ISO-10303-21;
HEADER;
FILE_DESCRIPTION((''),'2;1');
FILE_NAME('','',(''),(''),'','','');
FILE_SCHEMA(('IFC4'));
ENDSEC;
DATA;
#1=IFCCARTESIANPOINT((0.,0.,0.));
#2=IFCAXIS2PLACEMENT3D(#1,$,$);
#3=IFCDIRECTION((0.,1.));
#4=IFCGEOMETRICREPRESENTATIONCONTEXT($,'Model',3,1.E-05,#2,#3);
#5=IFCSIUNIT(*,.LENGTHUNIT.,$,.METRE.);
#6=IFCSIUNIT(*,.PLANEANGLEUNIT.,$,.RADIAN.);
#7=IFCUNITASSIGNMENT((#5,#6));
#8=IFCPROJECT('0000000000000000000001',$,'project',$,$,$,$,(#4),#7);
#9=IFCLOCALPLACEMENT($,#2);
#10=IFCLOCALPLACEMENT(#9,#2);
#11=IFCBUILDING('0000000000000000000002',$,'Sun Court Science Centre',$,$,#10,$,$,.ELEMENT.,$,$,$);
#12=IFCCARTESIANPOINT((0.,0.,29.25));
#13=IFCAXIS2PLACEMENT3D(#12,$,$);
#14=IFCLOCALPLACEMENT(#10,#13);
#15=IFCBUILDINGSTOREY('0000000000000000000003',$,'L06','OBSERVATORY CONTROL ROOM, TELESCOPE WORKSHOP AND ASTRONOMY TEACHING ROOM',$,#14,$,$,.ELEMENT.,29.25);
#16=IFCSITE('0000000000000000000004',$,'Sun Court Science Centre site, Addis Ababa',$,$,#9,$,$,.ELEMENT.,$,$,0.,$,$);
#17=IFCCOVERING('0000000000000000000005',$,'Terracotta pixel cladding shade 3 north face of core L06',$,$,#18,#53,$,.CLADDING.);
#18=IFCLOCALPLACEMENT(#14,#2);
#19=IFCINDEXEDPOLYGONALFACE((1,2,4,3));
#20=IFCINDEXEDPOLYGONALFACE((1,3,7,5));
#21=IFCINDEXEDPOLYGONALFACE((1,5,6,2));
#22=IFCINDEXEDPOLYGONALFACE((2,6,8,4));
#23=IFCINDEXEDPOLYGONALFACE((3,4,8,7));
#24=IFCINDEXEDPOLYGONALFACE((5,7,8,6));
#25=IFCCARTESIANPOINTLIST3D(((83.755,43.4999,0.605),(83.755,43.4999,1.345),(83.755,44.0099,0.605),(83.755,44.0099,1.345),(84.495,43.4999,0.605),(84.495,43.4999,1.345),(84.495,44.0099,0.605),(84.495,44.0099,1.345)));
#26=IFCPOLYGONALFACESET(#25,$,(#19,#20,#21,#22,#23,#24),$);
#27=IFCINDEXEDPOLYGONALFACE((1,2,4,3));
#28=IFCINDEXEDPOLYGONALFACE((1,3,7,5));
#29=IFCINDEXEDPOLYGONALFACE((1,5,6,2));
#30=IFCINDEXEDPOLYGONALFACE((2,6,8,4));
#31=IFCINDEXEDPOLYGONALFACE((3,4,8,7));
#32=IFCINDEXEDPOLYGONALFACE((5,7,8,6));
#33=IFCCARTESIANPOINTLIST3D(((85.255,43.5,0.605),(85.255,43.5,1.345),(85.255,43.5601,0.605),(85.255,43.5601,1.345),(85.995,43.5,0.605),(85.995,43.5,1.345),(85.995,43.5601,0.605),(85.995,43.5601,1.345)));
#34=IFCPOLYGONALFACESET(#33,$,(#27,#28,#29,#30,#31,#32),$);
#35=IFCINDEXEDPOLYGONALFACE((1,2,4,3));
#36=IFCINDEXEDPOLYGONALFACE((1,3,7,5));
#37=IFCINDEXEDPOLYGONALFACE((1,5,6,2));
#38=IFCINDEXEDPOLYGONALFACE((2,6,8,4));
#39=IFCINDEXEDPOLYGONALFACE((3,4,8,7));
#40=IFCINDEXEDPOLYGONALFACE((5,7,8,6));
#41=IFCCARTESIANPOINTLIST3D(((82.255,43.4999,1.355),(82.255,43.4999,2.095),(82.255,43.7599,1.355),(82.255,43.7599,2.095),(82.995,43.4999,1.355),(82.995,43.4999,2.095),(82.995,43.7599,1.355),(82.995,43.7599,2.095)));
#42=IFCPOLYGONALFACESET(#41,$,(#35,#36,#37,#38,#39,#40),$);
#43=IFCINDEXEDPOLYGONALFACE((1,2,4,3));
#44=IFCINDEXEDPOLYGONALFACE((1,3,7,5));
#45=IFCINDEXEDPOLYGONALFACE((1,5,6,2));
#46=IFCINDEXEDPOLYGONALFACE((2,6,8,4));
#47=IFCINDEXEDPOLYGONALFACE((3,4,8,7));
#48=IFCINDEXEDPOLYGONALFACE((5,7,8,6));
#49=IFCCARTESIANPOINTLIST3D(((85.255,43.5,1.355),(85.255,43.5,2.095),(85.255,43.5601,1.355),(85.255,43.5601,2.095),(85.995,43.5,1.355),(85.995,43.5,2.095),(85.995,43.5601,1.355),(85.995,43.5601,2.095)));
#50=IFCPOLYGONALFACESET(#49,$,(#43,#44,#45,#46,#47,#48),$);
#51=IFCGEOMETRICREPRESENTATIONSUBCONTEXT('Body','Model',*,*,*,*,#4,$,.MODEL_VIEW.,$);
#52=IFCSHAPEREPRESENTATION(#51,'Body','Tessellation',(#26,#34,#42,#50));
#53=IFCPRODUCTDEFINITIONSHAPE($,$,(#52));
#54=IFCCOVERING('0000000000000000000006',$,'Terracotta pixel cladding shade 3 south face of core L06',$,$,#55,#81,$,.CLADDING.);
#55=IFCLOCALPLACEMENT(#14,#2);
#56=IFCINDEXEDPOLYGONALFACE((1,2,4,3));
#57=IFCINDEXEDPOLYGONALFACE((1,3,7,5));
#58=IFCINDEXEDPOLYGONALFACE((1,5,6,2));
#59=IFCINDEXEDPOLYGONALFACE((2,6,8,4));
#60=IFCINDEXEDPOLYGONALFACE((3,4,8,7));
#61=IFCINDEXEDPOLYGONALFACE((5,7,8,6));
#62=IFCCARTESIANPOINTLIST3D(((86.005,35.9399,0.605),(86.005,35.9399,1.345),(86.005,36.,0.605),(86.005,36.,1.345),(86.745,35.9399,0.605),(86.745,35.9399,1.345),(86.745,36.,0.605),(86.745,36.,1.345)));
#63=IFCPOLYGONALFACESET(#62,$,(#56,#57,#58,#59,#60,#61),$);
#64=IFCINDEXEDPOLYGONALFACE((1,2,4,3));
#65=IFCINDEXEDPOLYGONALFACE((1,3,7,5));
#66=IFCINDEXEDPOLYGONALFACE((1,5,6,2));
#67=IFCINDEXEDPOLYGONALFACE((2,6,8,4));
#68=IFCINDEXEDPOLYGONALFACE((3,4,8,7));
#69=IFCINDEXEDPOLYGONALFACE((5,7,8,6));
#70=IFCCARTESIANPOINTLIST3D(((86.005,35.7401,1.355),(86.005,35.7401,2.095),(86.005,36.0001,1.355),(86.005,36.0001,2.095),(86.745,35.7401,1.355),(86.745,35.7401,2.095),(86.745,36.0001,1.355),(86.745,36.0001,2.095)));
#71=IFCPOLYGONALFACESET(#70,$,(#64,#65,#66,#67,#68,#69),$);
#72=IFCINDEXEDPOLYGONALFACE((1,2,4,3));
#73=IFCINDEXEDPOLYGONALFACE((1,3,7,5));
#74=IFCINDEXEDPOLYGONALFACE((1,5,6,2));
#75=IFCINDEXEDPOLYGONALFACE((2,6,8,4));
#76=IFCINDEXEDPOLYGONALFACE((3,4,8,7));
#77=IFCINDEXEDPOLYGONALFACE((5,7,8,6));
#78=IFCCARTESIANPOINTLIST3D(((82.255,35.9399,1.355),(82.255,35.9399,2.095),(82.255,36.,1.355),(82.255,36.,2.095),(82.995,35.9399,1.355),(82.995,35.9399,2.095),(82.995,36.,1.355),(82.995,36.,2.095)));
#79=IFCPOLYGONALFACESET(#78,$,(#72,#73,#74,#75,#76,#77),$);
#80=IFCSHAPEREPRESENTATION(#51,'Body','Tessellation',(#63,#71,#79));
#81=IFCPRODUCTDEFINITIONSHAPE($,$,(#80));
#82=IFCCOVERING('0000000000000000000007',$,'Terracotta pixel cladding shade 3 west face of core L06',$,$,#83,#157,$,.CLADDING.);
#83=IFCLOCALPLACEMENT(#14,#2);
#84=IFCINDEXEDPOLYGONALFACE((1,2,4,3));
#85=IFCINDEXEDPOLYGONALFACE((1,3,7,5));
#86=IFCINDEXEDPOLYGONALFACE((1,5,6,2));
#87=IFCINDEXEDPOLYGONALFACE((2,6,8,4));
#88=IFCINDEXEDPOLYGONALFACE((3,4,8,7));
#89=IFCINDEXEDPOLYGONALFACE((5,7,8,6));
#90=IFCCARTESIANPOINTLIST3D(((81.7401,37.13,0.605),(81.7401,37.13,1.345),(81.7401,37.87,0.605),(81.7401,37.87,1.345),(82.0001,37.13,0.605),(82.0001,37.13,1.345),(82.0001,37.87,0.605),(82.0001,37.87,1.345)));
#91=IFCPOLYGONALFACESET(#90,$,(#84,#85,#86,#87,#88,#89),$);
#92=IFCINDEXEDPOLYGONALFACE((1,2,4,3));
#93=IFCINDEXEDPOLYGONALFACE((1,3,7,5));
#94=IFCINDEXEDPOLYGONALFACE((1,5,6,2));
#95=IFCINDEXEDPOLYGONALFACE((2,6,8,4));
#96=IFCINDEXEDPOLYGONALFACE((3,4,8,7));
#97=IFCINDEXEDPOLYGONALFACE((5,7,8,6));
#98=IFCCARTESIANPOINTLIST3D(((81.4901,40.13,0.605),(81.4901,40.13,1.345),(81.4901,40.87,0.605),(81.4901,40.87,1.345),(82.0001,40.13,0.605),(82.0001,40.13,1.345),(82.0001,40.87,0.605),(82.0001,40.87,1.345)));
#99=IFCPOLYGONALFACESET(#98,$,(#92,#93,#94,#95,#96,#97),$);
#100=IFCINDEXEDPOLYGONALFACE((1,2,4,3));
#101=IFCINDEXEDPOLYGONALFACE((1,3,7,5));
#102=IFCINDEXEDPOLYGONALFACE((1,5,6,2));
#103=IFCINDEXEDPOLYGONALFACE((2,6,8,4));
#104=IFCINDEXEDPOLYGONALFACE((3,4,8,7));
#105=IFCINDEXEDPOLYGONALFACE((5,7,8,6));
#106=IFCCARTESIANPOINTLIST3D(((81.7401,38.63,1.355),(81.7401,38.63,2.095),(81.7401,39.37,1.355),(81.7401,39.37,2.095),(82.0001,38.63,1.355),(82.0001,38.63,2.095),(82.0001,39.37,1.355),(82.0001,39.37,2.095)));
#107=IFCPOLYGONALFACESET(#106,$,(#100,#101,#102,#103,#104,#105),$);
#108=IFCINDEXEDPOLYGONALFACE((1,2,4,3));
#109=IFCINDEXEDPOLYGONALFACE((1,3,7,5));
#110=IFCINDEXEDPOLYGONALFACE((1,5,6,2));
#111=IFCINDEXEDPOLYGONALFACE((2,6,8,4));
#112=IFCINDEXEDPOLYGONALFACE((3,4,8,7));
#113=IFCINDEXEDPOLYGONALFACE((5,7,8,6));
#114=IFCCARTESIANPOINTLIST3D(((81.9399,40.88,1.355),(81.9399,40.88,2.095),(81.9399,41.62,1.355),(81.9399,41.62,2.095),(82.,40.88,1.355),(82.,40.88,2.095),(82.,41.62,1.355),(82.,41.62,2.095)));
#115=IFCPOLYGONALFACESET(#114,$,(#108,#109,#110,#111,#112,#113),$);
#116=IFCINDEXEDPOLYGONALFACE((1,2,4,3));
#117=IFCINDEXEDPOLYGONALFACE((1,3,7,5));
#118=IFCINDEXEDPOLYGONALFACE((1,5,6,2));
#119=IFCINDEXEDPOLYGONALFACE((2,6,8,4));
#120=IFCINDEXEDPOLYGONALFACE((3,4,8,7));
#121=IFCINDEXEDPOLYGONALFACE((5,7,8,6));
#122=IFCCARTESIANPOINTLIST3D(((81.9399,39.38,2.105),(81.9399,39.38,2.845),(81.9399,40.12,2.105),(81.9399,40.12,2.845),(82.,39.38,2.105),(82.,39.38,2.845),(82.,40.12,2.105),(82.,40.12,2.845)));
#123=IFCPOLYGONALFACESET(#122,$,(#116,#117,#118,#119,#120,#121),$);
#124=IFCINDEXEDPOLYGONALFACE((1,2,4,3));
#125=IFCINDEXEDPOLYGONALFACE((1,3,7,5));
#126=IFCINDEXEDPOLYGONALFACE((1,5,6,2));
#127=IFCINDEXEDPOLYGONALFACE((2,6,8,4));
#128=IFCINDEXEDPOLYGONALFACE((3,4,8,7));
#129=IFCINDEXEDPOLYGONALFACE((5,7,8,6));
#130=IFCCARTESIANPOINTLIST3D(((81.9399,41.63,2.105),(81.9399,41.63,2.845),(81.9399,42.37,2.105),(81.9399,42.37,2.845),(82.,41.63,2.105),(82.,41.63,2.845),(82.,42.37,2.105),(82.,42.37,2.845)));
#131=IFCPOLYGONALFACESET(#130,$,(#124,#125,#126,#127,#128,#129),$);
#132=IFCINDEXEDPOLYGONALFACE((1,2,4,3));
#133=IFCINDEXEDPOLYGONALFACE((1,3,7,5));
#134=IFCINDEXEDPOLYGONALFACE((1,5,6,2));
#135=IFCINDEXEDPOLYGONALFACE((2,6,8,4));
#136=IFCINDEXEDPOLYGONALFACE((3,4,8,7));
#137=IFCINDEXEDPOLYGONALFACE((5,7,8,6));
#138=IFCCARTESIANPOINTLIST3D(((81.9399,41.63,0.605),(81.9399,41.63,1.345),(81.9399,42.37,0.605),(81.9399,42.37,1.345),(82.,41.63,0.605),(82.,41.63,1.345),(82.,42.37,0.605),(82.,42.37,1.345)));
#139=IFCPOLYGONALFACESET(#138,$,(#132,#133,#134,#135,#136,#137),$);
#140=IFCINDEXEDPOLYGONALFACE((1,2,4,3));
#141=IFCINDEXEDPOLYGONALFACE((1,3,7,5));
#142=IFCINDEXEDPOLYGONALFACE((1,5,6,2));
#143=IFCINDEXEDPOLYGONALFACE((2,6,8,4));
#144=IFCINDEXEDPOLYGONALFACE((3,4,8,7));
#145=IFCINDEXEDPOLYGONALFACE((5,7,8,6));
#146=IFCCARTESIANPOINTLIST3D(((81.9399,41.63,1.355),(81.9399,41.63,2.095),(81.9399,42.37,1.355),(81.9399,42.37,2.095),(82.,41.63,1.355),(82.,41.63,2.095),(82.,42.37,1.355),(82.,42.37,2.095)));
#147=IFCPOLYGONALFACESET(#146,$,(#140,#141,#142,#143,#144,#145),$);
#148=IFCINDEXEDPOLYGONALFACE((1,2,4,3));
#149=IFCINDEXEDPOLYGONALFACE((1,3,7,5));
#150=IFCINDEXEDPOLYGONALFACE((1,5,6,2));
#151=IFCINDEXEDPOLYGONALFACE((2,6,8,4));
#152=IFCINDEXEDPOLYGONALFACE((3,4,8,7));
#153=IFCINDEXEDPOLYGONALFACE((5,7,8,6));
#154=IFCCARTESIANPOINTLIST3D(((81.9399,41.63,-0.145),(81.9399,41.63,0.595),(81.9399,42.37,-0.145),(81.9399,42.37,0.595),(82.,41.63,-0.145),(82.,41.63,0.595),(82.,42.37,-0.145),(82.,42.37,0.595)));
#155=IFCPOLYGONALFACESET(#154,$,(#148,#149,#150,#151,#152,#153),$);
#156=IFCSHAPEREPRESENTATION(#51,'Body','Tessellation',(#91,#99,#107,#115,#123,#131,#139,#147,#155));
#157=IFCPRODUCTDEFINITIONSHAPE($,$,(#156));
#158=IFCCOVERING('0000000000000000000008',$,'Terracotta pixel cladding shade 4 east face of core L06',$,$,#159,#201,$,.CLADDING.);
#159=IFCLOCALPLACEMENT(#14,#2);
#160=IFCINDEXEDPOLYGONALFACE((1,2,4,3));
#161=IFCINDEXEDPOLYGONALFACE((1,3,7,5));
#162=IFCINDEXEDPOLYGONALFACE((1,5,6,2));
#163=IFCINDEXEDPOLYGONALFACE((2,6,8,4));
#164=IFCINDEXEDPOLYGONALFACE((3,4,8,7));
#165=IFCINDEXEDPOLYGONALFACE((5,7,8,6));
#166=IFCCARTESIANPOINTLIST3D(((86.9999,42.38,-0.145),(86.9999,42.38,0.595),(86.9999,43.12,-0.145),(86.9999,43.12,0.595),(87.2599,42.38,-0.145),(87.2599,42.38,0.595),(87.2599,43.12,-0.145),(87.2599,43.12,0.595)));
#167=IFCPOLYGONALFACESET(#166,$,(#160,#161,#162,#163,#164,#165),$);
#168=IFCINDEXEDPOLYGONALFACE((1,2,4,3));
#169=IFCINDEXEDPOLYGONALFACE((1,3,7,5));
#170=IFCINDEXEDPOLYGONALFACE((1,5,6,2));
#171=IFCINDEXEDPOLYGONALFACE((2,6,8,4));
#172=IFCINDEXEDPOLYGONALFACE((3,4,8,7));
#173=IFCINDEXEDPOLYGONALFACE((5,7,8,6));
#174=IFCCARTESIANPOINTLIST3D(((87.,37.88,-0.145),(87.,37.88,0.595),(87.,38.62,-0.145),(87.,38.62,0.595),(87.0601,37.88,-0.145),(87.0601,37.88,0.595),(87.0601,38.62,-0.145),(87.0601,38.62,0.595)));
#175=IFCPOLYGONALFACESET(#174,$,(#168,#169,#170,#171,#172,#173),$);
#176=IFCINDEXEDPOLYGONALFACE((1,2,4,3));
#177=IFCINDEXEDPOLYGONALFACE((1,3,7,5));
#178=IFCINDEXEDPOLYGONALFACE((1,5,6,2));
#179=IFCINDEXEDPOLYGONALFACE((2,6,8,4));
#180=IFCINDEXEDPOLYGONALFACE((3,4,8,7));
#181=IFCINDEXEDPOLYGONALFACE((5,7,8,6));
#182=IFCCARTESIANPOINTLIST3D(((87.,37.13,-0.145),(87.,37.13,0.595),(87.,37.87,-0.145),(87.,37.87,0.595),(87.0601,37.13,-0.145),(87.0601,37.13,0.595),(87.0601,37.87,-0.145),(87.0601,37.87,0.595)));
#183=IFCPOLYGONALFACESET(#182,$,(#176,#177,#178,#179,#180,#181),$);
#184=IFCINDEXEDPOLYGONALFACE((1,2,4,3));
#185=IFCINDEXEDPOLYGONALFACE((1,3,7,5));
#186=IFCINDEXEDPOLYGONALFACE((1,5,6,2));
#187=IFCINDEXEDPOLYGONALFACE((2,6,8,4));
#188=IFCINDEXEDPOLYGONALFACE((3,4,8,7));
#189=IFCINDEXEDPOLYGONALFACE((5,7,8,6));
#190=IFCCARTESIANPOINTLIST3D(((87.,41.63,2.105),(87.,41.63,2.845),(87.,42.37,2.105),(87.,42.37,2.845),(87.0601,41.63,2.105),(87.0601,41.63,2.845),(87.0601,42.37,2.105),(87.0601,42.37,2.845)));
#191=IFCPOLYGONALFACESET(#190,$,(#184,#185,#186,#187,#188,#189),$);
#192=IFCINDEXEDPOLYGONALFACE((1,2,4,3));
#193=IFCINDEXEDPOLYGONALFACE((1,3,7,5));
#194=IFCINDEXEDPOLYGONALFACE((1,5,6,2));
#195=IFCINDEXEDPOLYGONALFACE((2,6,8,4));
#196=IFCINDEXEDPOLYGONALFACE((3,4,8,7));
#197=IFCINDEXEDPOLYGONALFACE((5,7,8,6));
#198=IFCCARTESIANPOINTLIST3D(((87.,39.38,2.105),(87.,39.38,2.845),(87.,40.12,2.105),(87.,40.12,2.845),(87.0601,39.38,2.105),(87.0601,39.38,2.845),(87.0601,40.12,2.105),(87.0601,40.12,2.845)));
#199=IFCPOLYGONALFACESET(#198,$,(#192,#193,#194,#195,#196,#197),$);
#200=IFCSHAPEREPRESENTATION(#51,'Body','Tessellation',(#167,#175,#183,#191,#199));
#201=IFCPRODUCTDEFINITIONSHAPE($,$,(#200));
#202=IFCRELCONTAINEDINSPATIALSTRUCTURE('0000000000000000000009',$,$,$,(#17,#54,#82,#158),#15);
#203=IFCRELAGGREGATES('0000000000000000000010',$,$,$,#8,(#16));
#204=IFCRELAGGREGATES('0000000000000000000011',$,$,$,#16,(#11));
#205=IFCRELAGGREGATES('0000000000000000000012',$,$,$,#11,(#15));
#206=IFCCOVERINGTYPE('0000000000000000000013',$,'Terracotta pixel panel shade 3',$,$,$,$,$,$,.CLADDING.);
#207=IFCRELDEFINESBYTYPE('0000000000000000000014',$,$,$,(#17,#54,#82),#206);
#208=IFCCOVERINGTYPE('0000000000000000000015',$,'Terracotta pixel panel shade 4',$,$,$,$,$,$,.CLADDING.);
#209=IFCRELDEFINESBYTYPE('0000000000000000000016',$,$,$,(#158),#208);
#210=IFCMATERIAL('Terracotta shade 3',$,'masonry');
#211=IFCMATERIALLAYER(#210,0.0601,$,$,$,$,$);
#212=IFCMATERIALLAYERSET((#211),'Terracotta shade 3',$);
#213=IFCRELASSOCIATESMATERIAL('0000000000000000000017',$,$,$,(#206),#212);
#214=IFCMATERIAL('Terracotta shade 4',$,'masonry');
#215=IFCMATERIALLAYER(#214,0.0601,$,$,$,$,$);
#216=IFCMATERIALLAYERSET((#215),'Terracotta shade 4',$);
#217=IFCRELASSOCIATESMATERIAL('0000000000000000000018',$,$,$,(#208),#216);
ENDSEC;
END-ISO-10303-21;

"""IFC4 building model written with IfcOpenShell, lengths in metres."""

from ifc_helpers import new_model, si_unit, direction, frame, origin, origin_2d, place, context, subcontext, project, spatial, rectangle, extrude, material, layer, layer_set, type_object, element, save


model = new_model("IFC4")

# Units and contexts
model_context = context("Model", 3, precision=1e-05, world=origin(), true_north=direction((0.0, 1.0)))
body_context = subcontext(model_context, "Body", "Model", "MODEL_VIEW")
ifc_project = project(units=[si_unit("LENGTHUNIT", "METRE"), si_unit("PLANEANGLEUNIT", "RADIAN")], contexts=[model_context])

# Site, building, storey
site_placement = place(None, origin())
site = spatial("IfcSite", under=ifc_project, at=site_placement, Name="Sun Court Science Centre site, Addis Ababa", CompositionType="ELEMENT", RefElevation=0.0)
building_placement = place(site_placement, origin())
building = spatial("IfcBuilding", under=site, at=building_placement, Name="Sun Court Science Centre", CompositionType="ELEMENT")
storey_placement = place(building_placement, frame((0.0, 0.0, 29.25)))
storey = spatial("IfcBuildingStorey", under=building, at=storey_placement, Name="L06", Description="OBSERVATORY CONTROL ROOM, TELESCOPE WORKSHOP AND ASTRONOMY TEACHING ROOM", CompositionType="ELEMENT", Elevation=29.25)

# Coverings
ifc_material_1 = material(Name="Terracotta shade 3", Category="masonry")
ifc_layer_1 = layer(ifc_material_1, 0.0601)
ifc_layer_set_1 = layer_set([ifc_layer_1], Name="Terracotta shade 3")
covering_type_1 = type_object("IfcCoveringType", Name="Terracotta pixel panel shade 3", PredefinedType="CLADDING", material=ifc_layer_set_1)
covering_1_placement = place(storey_placement, frame((0.0, 0.0, -29.25)))
element("IfcCovering", 1, at=covering_1_placement, inside=storey, type_object=covering_type_1, Name="Terracotta pixel cladding shade 3 north face of core L06", PredefinedType="CLADDING", context=body_context, shape_type="SweptSolid", body=[
    extrude(rectangle(XDim=0.74, YDim=0.51, at=origin_2d()), frame((84.125, 43.7549, 29.855), z_axis=(0.0, 0.0, 1.0), x_axis=(1.0, 0.0, 0.0)), (0.0, 0.0, 1.0), 0.74),
    extrude(rectangle(XDim=0.74, YDim=0.0601, at=origin_2d()), frame((85.625, 43.53, 29.855), z_axis=(0.0, 0.0, 1.0), x_axis=(1.0, 0.0, 0.0)), (0.0, 0.0, 1.0), 0.74),
    extrude(rectangle(XDim=0.74, YDim=0.26, at=origin_2d()), frame((82.625, 43.6299, 30.605), z_axis=(0.0, 0.0, 1.0), x_axis=(1.0, 0.0, 0.0)), (0.0, 0.0, 1.0), 0.74),
    extrude(rectangle(XDim=0.74, YDim=0.0601, at=origin_2d()), frame((85.625, 43.53, 30.605), z_axis=(0.0, 0.0, 1.0), x_axis=(1.0, 0.0, 0.0)), (0.0, 0.0, 1.0), 0.74),
])
covering_2_placement = place(storey_placement, frame((0.0, 0.0, -29.25)))
element("IfcCovering", 2, at=covering_2_placement, inside=storey, type_object=covering_type_1, Name="Terracotta pixel cladding shade 3 south face of core L06", PredefinedType="CLADDING", context=body_context, shape_type="SweptSolid", body=[
    extrude(rectangle(XDim=0.74, YDim=0.0601, at=origin_2d()), frame((86.375, 35.97, 29.855), z_axis=(0.0, 0.0, 1.0), x_axis=(-1.0, 0.0, 0.0)), (0.0, 0.0, 1.0), 0.74),
    extrude(rectangle(XDim=0.74, YDim=0.26, at=origin_2d()), frame((86.375, 35.8701, 30.605), z_axis=(0.0, 0.0, 1.0), x_axis=(-1.0, 0.0, 0.0)), (0.0, 0.0, 1.0), 0.74),
    extrude(rectangle(XDim=0.74, YDim=0.0601, at=origin_2d()), frame((82.625, 35.97, 30.605), z_axis=(0.0, 0.0, 1.0), x_axis=(-1.0, 0.0, 0.0)), (0.0, 0.0, 1.0), 0.74),
])
covering_3_placement = place(storey_placement, frame((0.0, 0.0, -29.25)))
element("IfcCovering", 3, at=covering_3_placement, inside=storey, type_object=covering_type_1, Name="Terracotta pixel cladding shade 3 west face of core L06", PredefinedType="CLADDING", context=body_context, shape_type="SweptSolid", body=[
    extrude(rectangle(XDim=0.74, YDim=0.26, at=origin_2d()), frame((81.8701, 37.5, 29.855), z_axis=(0.0, 0.0, 1.0), x_axis=(0.0, 1.0, 0.0)), (0.0, 0.0, 1.0), 0.74),
    extrude(rectangle(XDim=0.74, YDim=0.51, at=origin_2d()), frame((81.7451, 40.5, 29.855), z_axis=(0.0, 0.0, 1.0), x_axis=(0.0, 1.0, 0.0)), (0.0, 0.0, 1.0), 0.74),
    extrude(rectangle(XDim=0.74, YDim=0.26, at=origin_2d()), frame((81.8701, 39.0, 30.605), z_axis=(0.0, 0.0, 1.0), x_axis=(0.0, 1.0, 0.0)), (0.0, 0.0, 1.0), 0.74),
    extrude(rectangle(XDim=0.74, YDim=0.0601, at=origin_2d()), frame((81.97, 41.25, 30.605), z_axis=(0.0, 0.0, 1.0), x_axis=(0.0, 1.0, 0.0)), (0.0, 0.0, 1.0), 0.74),
    extrude(rectangle(XDim=0.74, YDim=0.0601, at=origin_2d()), frame((81.97, 39.75, 31.355), z_axis=(0.0, 0.0, 1.0), x_axis=(0.0, 1.0, 0.0)), (0.0, 0.0, 1.0), 0.74),
    extrude(rectangle(XDim=0.74, YDim=0.0601, at=origin_2d()), frame((81.97, 42.0, 31.355), z_axis=(0.0, 0.0, 1.0), x_axis=(0.0, 1.0, 0.0)), (0.0, 0.0, 1.0), 0.74),
    extrude(rectangle(XDim=0.74, YDim=0.0601, at=origin_2d()), frame((81.97, 42.0, 29.855), z_axis=(0.0, 0.0, 1.0), x_axis=(0.0, 1.0, 0.0)), (0.0, 0.0, 1.0), 0.74),
    extrude(rectangle(XDim=0.74, YDim=0.0601, at=origin_2d()), frame((81.97, 42.0, 30.605), z_axis=(0.0, 0.0, 1.0), x_axis=(0.0, 1.0, 0.0)), (0.0, 0.0, 1.0), 0.74),
    extrude(rectangle(XDim=0.74, YDim=0.0601, at=origin_2d()), frame((81.97, 42.0, 29.105), z_axis=(0.0, 0.0, 1.0), x_axis=(0.0, 1.0, 0.0)), (0.0, 0.0, 1.0), 0.74),
])
ifc_material_2 = material(Name="Terracotta shade 4", Category="masonry")
ifc_layer_2 = layer(ifc_material_2, 0.0601)
ifc_layer_set_2 = layer_set([ifc_layer_2], Name="Terracotta shade 4")
covering_type_2 = type_object("IfcCoveringType", Name="Terracotta pixel panel shade 4", PredefinedType="CLADDING", material=ifc_layer_set_2)
covering_4_placement = place(storey_placement, frame((0.0, 0.0, -29.25)))
element("IfcCovering", 4, at=covering_4_placement, inside=storey, type_object=covering_type_2, Name="Terracotta pixel cladding shade 4 east face of core L06", PredefinedType="CLADDING", context=body_context, shape_type="SweptSolid", body=[
    extrude(rectangle(XDim=0.74, YDim=0.26, at=origin_2d()), frame((87.1299, 42.75, 29.105), z_axis=(0.0, 0.0, 1.0), x_axis=(0.0, -1.0, 0.0)), (0.0, 0.0, 1.0), 0.74),
    extrude(rectangle(XDim=0.74, YDim=0.0601, at=origin_2d()), frame((87.03, 38.25, 29.105), z_axis=(0.0, 0.0, 1.0), x_axis=(0.0, -1.0, 0.0)), (0.0, 0.0, 1.0), 0.74),
    extrude(rectangle(XDim=0.74, YDim=0.0601, at=origin_2d()), frame((87.03, 37.5, 29.105), z_axis=(0.0, 0.0, 1.0), x_axis=(0.0, -1.0, 0.0)), (0.0, 0.0, 1.0), 0.74),
    extrude(rectangle(XDim=0.74, YDim=0.0601, at=origin_2d()), frame((87.03, 42.0, 31.355), z_axis=(0.0, 0.0, 1.0), x_axis=(0.0, -1.0, 0.0)), (0.0, 0.0, 1.0), 0.74),
    extrude(rectangle(XDim=0.74, YDim=0.0601, at=origin_2d()), frame((87.03, 39.75, 31.355), z_axis=(0.0, 0.0, 1.0), x_axis=(0.0, -1.0, 0.0)), (0.0, 0.0, 1.0), 0.74),
])

save(model, "model.ifc")
